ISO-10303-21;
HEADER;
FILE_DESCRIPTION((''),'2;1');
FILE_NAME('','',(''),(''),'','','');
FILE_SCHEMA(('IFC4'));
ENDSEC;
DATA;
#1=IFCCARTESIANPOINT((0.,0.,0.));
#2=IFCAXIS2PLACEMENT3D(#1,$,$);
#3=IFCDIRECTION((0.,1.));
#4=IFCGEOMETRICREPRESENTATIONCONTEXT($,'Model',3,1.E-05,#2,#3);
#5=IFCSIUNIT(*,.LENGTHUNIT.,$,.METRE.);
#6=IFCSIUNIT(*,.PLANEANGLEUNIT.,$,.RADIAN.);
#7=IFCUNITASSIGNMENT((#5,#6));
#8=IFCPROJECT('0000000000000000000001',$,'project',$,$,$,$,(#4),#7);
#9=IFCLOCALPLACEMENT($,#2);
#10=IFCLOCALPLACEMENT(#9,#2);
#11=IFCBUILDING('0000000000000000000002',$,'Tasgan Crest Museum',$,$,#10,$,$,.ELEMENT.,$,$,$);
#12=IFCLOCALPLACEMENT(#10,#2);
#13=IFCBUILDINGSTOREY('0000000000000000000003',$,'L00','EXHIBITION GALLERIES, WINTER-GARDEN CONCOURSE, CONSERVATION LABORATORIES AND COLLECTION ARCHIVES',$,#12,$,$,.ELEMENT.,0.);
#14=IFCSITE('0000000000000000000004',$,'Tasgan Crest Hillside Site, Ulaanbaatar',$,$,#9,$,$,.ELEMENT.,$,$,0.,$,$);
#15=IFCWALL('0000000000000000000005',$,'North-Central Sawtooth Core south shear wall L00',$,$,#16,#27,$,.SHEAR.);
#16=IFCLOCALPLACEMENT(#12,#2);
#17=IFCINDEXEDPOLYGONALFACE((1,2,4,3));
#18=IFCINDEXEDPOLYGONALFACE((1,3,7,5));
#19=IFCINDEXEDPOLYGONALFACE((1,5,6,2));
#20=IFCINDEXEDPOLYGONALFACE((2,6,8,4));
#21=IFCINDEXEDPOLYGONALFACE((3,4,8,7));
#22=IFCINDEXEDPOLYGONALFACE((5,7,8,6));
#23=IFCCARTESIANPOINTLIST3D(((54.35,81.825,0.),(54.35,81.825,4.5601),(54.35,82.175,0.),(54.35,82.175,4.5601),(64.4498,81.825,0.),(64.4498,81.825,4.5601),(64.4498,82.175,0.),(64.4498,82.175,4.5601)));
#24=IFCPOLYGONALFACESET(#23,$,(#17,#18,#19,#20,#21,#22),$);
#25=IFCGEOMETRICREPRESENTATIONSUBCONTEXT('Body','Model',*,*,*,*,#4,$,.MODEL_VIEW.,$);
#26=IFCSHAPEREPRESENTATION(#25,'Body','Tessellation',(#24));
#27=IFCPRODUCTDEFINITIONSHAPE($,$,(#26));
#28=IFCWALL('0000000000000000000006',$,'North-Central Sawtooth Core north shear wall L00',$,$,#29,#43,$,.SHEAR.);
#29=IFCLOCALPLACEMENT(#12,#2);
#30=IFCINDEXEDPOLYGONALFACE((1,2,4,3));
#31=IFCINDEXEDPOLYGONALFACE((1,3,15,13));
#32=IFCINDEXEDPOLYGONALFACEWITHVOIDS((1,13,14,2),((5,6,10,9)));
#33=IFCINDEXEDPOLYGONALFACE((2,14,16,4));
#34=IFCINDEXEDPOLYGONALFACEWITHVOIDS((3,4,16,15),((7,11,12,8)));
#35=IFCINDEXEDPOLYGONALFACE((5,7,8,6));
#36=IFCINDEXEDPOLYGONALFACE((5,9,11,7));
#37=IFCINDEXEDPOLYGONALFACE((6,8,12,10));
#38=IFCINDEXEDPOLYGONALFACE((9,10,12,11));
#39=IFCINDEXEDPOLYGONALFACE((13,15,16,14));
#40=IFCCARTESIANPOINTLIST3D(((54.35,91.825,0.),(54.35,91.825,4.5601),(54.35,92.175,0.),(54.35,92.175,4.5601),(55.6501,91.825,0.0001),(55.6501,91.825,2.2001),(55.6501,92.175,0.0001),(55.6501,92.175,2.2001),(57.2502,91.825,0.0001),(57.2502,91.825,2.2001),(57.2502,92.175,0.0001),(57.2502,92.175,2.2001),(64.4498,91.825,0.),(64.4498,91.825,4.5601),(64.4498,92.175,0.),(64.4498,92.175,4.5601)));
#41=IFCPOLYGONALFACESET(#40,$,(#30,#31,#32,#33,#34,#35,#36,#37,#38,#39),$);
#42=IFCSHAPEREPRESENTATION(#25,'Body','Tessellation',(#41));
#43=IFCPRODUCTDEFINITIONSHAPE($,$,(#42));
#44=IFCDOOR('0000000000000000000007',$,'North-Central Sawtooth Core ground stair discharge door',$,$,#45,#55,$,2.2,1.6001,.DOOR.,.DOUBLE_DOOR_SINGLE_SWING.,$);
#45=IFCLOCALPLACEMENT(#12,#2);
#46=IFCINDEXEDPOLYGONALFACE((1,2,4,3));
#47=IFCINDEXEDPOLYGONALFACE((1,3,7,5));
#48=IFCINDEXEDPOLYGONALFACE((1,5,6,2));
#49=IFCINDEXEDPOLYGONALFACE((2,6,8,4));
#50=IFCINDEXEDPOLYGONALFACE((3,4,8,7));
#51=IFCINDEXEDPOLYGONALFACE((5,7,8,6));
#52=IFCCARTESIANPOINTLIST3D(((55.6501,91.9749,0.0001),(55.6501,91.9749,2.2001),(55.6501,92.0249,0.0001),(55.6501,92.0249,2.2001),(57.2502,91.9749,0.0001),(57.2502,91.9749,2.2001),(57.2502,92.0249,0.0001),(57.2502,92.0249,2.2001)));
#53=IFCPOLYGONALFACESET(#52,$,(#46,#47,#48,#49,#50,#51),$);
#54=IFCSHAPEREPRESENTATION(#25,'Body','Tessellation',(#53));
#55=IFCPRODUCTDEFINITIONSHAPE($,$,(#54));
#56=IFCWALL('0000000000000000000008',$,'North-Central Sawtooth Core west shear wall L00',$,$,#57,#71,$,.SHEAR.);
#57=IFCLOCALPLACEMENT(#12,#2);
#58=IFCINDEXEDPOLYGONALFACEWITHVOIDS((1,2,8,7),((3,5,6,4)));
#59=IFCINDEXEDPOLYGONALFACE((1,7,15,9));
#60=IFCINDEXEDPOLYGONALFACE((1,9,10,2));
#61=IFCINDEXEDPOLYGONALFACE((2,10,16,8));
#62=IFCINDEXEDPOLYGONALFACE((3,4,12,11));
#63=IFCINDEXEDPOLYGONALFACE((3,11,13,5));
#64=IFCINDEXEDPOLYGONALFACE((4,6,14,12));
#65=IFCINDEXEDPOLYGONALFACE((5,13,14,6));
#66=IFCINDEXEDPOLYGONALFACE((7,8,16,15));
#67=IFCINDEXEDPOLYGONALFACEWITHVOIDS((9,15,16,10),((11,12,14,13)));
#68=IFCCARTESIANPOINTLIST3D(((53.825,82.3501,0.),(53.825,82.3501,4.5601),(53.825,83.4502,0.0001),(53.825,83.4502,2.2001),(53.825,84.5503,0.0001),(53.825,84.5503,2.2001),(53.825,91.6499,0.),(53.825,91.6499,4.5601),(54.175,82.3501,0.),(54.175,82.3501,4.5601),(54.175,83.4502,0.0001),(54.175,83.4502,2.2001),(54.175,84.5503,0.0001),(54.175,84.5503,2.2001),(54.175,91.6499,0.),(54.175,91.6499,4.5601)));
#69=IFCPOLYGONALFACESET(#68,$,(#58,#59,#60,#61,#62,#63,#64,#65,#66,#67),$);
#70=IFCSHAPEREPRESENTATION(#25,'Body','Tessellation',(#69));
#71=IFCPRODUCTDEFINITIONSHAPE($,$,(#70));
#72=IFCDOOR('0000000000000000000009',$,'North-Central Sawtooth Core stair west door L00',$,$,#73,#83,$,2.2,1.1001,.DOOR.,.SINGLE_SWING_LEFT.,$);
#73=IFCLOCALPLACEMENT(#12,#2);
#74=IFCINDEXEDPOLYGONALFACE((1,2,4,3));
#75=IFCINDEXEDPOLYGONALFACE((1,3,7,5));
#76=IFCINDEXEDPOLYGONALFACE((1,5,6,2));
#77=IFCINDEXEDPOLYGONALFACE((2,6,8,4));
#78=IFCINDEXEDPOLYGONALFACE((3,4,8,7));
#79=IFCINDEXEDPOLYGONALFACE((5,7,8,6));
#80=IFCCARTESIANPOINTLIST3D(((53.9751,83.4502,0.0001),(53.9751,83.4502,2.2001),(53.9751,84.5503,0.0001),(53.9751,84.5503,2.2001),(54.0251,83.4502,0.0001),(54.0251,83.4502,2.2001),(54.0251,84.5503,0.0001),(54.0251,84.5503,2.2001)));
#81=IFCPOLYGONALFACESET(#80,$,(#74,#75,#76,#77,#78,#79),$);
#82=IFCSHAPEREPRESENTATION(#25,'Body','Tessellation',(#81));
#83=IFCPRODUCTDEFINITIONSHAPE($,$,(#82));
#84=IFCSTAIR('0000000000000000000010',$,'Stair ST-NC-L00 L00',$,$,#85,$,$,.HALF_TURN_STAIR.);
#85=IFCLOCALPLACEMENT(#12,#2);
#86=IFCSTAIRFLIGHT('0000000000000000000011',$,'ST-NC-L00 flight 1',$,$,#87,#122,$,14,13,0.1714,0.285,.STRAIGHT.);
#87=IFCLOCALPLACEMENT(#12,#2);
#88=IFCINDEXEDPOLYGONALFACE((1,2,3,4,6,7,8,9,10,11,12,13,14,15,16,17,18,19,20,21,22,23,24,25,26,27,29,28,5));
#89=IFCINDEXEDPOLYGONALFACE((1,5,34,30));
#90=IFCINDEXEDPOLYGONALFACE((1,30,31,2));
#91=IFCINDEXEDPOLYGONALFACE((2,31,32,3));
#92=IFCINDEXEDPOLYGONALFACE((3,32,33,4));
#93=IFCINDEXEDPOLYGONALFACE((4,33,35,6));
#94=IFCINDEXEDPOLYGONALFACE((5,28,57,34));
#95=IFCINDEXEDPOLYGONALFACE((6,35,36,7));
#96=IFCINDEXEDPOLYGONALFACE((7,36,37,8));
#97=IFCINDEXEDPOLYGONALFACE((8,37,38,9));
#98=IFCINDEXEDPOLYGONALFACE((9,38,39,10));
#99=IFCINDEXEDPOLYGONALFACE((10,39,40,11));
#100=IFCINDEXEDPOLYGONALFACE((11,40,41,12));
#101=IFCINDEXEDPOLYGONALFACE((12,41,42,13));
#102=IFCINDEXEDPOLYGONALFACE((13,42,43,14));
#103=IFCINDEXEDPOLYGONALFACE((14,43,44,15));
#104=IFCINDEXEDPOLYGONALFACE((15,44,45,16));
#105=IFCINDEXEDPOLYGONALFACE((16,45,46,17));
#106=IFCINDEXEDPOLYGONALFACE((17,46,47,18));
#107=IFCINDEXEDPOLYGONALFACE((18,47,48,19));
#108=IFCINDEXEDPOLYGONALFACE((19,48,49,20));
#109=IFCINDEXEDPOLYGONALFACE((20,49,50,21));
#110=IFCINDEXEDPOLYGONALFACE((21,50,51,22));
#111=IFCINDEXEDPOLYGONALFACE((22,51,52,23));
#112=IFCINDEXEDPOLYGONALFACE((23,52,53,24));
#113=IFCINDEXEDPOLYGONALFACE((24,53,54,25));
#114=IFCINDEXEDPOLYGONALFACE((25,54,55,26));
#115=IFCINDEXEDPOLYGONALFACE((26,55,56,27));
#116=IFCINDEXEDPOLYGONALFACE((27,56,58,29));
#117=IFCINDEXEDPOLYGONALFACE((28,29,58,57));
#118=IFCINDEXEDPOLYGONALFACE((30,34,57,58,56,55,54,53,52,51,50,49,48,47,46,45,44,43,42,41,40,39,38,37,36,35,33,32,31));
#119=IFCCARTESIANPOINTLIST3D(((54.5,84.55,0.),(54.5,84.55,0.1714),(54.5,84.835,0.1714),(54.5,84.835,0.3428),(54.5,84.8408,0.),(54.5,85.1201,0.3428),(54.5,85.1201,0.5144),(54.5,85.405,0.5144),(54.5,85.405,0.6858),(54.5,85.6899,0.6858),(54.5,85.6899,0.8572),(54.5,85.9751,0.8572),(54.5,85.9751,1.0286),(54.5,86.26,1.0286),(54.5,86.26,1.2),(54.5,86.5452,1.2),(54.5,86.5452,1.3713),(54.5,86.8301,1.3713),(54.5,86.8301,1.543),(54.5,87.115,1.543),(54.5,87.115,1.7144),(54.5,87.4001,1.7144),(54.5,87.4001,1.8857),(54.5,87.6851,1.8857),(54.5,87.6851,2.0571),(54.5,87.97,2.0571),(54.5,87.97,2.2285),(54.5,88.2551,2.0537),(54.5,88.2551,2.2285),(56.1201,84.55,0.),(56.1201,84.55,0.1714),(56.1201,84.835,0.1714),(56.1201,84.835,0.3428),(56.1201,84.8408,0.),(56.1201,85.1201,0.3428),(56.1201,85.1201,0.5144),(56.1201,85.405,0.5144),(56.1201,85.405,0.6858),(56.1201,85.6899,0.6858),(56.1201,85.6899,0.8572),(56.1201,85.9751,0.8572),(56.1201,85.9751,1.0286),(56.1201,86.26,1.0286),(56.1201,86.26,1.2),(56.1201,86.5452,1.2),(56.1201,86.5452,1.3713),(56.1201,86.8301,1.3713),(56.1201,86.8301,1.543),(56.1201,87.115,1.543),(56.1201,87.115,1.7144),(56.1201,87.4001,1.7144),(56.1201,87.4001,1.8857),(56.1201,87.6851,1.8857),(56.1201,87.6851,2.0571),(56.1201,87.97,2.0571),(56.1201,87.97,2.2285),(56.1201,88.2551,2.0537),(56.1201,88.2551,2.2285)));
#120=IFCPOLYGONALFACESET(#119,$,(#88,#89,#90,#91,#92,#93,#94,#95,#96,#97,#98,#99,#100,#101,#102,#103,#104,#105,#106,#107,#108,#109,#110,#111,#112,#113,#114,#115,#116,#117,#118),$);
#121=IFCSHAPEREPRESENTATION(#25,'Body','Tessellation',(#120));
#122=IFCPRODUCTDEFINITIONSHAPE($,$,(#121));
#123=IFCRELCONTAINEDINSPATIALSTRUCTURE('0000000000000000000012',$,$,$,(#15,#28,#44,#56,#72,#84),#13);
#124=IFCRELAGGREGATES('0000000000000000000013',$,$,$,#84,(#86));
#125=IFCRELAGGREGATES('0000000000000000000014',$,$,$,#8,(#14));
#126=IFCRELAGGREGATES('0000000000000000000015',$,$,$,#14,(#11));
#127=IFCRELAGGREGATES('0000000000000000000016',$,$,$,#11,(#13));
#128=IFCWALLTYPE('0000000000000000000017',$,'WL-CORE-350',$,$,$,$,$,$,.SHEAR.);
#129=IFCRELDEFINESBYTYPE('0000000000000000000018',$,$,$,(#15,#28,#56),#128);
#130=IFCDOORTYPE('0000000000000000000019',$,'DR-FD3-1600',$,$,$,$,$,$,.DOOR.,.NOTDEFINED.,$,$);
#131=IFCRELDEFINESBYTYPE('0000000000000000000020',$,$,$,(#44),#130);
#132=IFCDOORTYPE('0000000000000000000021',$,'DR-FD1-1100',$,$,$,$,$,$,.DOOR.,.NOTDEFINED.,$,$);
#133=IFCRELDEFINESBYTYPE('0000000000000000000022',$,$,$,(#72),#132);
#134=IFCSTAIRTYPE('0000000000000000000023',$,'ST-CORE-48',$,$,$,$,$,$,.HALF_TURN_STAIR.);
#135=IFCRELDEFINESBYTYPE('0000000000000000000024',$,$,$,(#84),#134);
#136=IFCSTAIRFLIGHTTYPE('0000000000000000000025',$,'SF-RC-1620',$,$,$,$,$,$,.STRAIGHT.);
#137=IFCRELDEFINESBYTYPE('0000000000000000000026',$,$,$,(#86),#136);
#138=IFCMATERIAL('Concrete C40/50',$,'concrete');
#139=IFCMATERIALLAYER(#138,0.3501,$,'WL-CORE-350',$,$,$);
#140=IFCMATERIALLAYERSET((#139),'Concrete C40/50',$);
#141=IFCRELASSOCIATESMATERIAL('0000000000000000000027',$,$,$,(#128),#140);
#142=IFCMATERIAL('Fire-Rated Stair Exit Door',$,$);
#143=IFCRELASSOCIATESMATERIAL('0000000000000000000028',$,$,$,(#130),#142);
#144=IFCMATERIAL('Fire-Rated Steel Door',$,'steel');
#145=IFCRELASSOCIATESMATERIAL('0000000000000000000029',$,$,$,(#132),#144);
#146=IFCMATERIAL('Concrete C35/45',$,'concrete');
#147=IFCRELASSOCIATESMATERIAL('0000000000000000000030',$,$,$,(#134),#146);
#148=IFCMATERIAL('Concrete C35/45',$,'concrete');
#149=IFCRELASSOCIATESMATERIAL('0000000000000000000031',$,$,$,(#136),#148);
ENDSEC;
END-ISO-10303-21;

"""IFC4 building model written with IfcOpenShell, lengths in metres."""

from ifc_helpers import new_model, si_unit, direction, frame, frame_2d, origin, place, context, subcontext, project, spatial, polyline, rectangle, outline, extrude, material, layer, layer_set, type_object, element, fill, aggregate, save


model = new_model("IFC4")

# Units and contexts
model_context = context("Model", 3, precision=1e-05, world=origin(), true_north=direction((0.0, 1.0)))
body_context = subcontext(model_context, "Body", "Model", "MODEL_VIEW")
ifc_project = project(units=[si_unit("LENGTHUNIT", "METRE"), si_unit("PLANEANGLEUNIT", "RADIAN")], contexts=[model_context])

# Site, building, storey
site_placement = place(None, origin())
site = spatial("IfcSite", under=ifc_project, at=site_placement, Name="Tasgan Crest Hillside Site, Ulaanbaatar", CompositionType="ELEMENT", RefElevation=0.0)
building_placement = place(site_placement, origin())
building = spatial("IfcBuilding", under=site, at=building_placement, Name="Tasgan Crest Museum", CompositionType="ELEMENT")
storey_placement = place(building_placement, origin())
storey = spatial("IfcBuildingStorey", under=building, at=storey_placement, Name="L00", Description="EXHIBITION GALLERIES, WINTER-GARDEN CONCOURSE, CONSERVATION LABORATORIES AND COLLECTION ARCHIVES", CompositionType="ELEMENT", Elevation=0.0)

# Wall
ifc_material_1 = material(Name="Concrete C40/50", Category="concrete")
ifc_layer_1 = layer(ifc_material_1, 0.3501, Name="WL-CORE-350")
ifc_layer_set_1 = layer_set([ifc_layer_1], Name="Concrete C40/50")
wall_type = type_object("IfcWallType", Name="WL-CORE-350", PredefinedType="SHEAR", material=ifc_layer_set_1)
wall_1_placement = place(storey_placement, frame((54.3501, 82.0, 0.0), z_axis=(0.0, 0.0, 1.0), x_axis=(1.0, 0.0, 0.0)))
element("IfcWall", 1, at=wall_1_placement, inside=storey, type_object=wall_type, Name="North-Central Sawtooth Core south shear wall L00", PredefinedType="SHEAR", context=body_context, shape_type="SweptSolid", body=[
    extrude(rectangle(XDim=10.0999, YDim=0.3501, at=frame_2d((5.0498, 0.0))), origin(), (0.0, 0.0, 1.0), 4.5601),
])

# Walls, openings, doors
wall_2_placement = place(storey_placement, frame((54.3501, 92.0, 0.0), z_axis=(0.0, 0.0, 1.0), x_axis=(1.0, 0.0, 0.0)))
wall_2 = element("IfcWall", 2, at=wall_2_placement, inside=storey, type_object=wall_type, Name="North-Central Sawtooth Core north shear wall L00", PredefinedType="SHEAR", context=body_context, shape_type="SweptSolid", body=[
    extrude(rectangle(XDim=10.0999, YDim=0.3501, at=frame_2d((5.0498, 0.0))), origin(), (0.0, 0.0, 1.0), 4.5601),
])
opening_1_placement = place(wall_2_placement, frame((1.3, 0.0, 0.0)))
opening_1 = element("IfcOpeningElement", 3, at=opening_1_placement, cuts=wall_2, PredefinedType="OPENING", context=body_context, shape_type="SweptSolid", body=[
    extrude(rectangle(XDim=1.6001, YDim=2.2, at=frame_2d((0.8, 1.1001))), frame((0.0, 0.1851, 0.0), z_axis=(0.0, -1.0, 0.0), x_axis=(1.0, 0.0, 0.0)), (0.0, 0.0, 1.0), 0.3701),
])
ifc_material_2 = material(Name="Fire-Rated Stair Exit Door")
door_type_1 = type_object("IfcDoorType", Name="DR-FD3-1600", OperationType="NOTDEFINED", PredefinedType="DOOR", material=ifc_material_2)
door_1_placement = place(opening_1_placement, origin())
door_1 = element("IfcDoor", 4, at=door_1_placement, inside=storey, type_object=door_type_1, Name="North-Central Sawtooth Core ground stair discharge door", OperationType="DOUBLE_DOOR_SINGLE_SWING", OverallHeight=2.2, OverallWidth=1.6001, PredefinedType="DOOR", context=body_context, shape_type="SweptSolid", body=[
    extrude(rectangle(XDim=1.6001, YDim=2.2, at=frame_2d((0.8, 1.1001))), frame((0.0, 0.0249, 0.0), z_axis=(0.0, -1.0, 0.0), x_axis=(1.0, 0.0, 0.0)), (0.0, 0.0, 1.0), 0.05),
])
fill(opening_1, door_1)
wall_3_placement = place(storey_placement, frame((54.0, 82.3501, 0.0), z_axis=(0.0, 0.0, 1.0), x_axis=(0.0, 1.0, 0.0)))
wall_3 = element("IfcWall", 5, at=wall_3_placement, inside=storey, type_object=wall_type, Name="North-Central Sawtooth Core west shear wall L00", PredefinedType="SHEAR", context=body_context, shape_type="SweptSolid", body=[
    extrude(rectangle(XDim=9.2998, YDim=0.3501, at=frame_2d((4.6499, 0.0))), origin(), (0.0, 0.0, 1.0), 4.5601),
])
opening_2_placement = place(wall_3_placement, frame((1.1001, 0.0, 0.0)))
opening_2 = element("IfcOpeningElement", 6, at=opening_2_placement, cuts=wall_3, PredefinedType="OPENING", context=body_context, shape_type="SweptSolid", body=[
    extrude(rectangle(XDim=1.1001, YDim=2.2, at=frame_2d((0.55, 1.1001))), frame((0.0, 0.1851, 0.0), z_axis=(0.0, -1.0, 0.0), x_axis=(1.0, 0.0, 0.0)), (0.0, 0.0, 1.0), 0.3701),
])
ifc_material_3 = material(Name="Fire-Rated Steel Door", Category="steel")
door_type_2 = type_object("IfcDoorType", Name="DR-FD1-1100", OperationType="NOTDEFINED", PredefinedType="DOOR", material=ifc_material_3)
door_2_placement = place(opening_2_placement, origin())
door_2 = element("IfcDoor", 7, at=door_2_placement, inside=storey, type_object=door_type_2, Name="North-Central Sawtooth Core stair west door L00", OperationType="SINGLE_SWING_LEFT", OverallHeight=2.2, OverallWidth=1.1001, PredefinedType="DOOR", context=body_context, shape_type="SweptSolid", body=[
    extrude(rectangle(XDim=1.1001, YDim=2.2, at=frame_2d((0.55, 1.1001))), frame((0.0, 0.0249, 0.0), z_axis=(0.0, -1.0, 0.0), x_axis=(1.0, 0.0, 0.0)), (0.0, 0.0, 1.0), 0.05),
])
fill(opening_2, door_2)

# Stair, stair flight
ifc_material_4 = material(Name="Concrete C35/45", Category="concrete")
stair_type = type_object("IfcStairType", Name="ST-CORE-48", PredefinedType="HALF_TURN_STAIR", material=ifc_material_4)
stair_placement = place(storey_placement, origin())
stair = element("IfcStair", 8, at=stair_placement, inside=storey, type_object=stair_type, Name="Stair ST-NC-L00 L00", PredefinedType="HALF_TURN_STAIR")
ifc_material_5 = material(Name="Concrete C35/45", Category="concrete")
stair_flight_type = type_object("IfcStairFlightType", Name="SF-RC-1620", PredefinedType="STRAIGHT", material=ifc_material_5)
stair_flight_placement = place(storey_placement, frame((55.3101, 84.55, 0.0), z_axis=(0.0, 0.0, 1.0), x_axis=(0.0, 1.0, 0.0)))
stair_flight = element("IfcStairFlight", 9, at=stair_flight_placement, type_object=stair_flight_type, Name="ST-NC-L00 flight 1", NumberOfRisers=14, NumberOfTreads=13, PredefinedType="STRAIGHT", RiserHeight=0.1714, TreadLength=0.285, context=body_context, shape_type="SweptSolid", body=[
    extrude(outline(polyline([(0.0, 0.0), (0.0, 0.1714), (0.2849, 0.1714), (0.2849, 0.3428), (0.5701, 0.3428), (0.5701, 0.5144), (0.855, 0.5144), (0.855, 0.6858), (1.1399, 0.6858), (1.1399, 0.8572), (1.425, 0.8572), (1.425, 1.0286), (1.71, 1.0286), (1.71, 1.2), (1.9951, 1.2), (1.9951, 1.3713), (2.28, 1.3713), (2.28, 1.543), (2.5649, 1.543), (2.5649, 1.7144), (2.8501, 1.7144), (2.8501, 1.8857), (3.135, 1.8857), (3.135, 2.0571), (3.4199, 2.0571), (3.4199, 2.2285), (3.7051, 2.2285), (3.7051, 2.3999), (3.7051, 2.0537), (0.2908, 0.0), (0.0, 0.0)])), frame((0.0, 0.8101, 0.0), z_axis=(0.0, -1.0, 0.0), x_axis=(1.0, 0.0, 0.0)), (0.0, 0.0, 1.0), 1.6201),
])
aggregate(stair, [stair_flight])

save(model, "model.ifc")
